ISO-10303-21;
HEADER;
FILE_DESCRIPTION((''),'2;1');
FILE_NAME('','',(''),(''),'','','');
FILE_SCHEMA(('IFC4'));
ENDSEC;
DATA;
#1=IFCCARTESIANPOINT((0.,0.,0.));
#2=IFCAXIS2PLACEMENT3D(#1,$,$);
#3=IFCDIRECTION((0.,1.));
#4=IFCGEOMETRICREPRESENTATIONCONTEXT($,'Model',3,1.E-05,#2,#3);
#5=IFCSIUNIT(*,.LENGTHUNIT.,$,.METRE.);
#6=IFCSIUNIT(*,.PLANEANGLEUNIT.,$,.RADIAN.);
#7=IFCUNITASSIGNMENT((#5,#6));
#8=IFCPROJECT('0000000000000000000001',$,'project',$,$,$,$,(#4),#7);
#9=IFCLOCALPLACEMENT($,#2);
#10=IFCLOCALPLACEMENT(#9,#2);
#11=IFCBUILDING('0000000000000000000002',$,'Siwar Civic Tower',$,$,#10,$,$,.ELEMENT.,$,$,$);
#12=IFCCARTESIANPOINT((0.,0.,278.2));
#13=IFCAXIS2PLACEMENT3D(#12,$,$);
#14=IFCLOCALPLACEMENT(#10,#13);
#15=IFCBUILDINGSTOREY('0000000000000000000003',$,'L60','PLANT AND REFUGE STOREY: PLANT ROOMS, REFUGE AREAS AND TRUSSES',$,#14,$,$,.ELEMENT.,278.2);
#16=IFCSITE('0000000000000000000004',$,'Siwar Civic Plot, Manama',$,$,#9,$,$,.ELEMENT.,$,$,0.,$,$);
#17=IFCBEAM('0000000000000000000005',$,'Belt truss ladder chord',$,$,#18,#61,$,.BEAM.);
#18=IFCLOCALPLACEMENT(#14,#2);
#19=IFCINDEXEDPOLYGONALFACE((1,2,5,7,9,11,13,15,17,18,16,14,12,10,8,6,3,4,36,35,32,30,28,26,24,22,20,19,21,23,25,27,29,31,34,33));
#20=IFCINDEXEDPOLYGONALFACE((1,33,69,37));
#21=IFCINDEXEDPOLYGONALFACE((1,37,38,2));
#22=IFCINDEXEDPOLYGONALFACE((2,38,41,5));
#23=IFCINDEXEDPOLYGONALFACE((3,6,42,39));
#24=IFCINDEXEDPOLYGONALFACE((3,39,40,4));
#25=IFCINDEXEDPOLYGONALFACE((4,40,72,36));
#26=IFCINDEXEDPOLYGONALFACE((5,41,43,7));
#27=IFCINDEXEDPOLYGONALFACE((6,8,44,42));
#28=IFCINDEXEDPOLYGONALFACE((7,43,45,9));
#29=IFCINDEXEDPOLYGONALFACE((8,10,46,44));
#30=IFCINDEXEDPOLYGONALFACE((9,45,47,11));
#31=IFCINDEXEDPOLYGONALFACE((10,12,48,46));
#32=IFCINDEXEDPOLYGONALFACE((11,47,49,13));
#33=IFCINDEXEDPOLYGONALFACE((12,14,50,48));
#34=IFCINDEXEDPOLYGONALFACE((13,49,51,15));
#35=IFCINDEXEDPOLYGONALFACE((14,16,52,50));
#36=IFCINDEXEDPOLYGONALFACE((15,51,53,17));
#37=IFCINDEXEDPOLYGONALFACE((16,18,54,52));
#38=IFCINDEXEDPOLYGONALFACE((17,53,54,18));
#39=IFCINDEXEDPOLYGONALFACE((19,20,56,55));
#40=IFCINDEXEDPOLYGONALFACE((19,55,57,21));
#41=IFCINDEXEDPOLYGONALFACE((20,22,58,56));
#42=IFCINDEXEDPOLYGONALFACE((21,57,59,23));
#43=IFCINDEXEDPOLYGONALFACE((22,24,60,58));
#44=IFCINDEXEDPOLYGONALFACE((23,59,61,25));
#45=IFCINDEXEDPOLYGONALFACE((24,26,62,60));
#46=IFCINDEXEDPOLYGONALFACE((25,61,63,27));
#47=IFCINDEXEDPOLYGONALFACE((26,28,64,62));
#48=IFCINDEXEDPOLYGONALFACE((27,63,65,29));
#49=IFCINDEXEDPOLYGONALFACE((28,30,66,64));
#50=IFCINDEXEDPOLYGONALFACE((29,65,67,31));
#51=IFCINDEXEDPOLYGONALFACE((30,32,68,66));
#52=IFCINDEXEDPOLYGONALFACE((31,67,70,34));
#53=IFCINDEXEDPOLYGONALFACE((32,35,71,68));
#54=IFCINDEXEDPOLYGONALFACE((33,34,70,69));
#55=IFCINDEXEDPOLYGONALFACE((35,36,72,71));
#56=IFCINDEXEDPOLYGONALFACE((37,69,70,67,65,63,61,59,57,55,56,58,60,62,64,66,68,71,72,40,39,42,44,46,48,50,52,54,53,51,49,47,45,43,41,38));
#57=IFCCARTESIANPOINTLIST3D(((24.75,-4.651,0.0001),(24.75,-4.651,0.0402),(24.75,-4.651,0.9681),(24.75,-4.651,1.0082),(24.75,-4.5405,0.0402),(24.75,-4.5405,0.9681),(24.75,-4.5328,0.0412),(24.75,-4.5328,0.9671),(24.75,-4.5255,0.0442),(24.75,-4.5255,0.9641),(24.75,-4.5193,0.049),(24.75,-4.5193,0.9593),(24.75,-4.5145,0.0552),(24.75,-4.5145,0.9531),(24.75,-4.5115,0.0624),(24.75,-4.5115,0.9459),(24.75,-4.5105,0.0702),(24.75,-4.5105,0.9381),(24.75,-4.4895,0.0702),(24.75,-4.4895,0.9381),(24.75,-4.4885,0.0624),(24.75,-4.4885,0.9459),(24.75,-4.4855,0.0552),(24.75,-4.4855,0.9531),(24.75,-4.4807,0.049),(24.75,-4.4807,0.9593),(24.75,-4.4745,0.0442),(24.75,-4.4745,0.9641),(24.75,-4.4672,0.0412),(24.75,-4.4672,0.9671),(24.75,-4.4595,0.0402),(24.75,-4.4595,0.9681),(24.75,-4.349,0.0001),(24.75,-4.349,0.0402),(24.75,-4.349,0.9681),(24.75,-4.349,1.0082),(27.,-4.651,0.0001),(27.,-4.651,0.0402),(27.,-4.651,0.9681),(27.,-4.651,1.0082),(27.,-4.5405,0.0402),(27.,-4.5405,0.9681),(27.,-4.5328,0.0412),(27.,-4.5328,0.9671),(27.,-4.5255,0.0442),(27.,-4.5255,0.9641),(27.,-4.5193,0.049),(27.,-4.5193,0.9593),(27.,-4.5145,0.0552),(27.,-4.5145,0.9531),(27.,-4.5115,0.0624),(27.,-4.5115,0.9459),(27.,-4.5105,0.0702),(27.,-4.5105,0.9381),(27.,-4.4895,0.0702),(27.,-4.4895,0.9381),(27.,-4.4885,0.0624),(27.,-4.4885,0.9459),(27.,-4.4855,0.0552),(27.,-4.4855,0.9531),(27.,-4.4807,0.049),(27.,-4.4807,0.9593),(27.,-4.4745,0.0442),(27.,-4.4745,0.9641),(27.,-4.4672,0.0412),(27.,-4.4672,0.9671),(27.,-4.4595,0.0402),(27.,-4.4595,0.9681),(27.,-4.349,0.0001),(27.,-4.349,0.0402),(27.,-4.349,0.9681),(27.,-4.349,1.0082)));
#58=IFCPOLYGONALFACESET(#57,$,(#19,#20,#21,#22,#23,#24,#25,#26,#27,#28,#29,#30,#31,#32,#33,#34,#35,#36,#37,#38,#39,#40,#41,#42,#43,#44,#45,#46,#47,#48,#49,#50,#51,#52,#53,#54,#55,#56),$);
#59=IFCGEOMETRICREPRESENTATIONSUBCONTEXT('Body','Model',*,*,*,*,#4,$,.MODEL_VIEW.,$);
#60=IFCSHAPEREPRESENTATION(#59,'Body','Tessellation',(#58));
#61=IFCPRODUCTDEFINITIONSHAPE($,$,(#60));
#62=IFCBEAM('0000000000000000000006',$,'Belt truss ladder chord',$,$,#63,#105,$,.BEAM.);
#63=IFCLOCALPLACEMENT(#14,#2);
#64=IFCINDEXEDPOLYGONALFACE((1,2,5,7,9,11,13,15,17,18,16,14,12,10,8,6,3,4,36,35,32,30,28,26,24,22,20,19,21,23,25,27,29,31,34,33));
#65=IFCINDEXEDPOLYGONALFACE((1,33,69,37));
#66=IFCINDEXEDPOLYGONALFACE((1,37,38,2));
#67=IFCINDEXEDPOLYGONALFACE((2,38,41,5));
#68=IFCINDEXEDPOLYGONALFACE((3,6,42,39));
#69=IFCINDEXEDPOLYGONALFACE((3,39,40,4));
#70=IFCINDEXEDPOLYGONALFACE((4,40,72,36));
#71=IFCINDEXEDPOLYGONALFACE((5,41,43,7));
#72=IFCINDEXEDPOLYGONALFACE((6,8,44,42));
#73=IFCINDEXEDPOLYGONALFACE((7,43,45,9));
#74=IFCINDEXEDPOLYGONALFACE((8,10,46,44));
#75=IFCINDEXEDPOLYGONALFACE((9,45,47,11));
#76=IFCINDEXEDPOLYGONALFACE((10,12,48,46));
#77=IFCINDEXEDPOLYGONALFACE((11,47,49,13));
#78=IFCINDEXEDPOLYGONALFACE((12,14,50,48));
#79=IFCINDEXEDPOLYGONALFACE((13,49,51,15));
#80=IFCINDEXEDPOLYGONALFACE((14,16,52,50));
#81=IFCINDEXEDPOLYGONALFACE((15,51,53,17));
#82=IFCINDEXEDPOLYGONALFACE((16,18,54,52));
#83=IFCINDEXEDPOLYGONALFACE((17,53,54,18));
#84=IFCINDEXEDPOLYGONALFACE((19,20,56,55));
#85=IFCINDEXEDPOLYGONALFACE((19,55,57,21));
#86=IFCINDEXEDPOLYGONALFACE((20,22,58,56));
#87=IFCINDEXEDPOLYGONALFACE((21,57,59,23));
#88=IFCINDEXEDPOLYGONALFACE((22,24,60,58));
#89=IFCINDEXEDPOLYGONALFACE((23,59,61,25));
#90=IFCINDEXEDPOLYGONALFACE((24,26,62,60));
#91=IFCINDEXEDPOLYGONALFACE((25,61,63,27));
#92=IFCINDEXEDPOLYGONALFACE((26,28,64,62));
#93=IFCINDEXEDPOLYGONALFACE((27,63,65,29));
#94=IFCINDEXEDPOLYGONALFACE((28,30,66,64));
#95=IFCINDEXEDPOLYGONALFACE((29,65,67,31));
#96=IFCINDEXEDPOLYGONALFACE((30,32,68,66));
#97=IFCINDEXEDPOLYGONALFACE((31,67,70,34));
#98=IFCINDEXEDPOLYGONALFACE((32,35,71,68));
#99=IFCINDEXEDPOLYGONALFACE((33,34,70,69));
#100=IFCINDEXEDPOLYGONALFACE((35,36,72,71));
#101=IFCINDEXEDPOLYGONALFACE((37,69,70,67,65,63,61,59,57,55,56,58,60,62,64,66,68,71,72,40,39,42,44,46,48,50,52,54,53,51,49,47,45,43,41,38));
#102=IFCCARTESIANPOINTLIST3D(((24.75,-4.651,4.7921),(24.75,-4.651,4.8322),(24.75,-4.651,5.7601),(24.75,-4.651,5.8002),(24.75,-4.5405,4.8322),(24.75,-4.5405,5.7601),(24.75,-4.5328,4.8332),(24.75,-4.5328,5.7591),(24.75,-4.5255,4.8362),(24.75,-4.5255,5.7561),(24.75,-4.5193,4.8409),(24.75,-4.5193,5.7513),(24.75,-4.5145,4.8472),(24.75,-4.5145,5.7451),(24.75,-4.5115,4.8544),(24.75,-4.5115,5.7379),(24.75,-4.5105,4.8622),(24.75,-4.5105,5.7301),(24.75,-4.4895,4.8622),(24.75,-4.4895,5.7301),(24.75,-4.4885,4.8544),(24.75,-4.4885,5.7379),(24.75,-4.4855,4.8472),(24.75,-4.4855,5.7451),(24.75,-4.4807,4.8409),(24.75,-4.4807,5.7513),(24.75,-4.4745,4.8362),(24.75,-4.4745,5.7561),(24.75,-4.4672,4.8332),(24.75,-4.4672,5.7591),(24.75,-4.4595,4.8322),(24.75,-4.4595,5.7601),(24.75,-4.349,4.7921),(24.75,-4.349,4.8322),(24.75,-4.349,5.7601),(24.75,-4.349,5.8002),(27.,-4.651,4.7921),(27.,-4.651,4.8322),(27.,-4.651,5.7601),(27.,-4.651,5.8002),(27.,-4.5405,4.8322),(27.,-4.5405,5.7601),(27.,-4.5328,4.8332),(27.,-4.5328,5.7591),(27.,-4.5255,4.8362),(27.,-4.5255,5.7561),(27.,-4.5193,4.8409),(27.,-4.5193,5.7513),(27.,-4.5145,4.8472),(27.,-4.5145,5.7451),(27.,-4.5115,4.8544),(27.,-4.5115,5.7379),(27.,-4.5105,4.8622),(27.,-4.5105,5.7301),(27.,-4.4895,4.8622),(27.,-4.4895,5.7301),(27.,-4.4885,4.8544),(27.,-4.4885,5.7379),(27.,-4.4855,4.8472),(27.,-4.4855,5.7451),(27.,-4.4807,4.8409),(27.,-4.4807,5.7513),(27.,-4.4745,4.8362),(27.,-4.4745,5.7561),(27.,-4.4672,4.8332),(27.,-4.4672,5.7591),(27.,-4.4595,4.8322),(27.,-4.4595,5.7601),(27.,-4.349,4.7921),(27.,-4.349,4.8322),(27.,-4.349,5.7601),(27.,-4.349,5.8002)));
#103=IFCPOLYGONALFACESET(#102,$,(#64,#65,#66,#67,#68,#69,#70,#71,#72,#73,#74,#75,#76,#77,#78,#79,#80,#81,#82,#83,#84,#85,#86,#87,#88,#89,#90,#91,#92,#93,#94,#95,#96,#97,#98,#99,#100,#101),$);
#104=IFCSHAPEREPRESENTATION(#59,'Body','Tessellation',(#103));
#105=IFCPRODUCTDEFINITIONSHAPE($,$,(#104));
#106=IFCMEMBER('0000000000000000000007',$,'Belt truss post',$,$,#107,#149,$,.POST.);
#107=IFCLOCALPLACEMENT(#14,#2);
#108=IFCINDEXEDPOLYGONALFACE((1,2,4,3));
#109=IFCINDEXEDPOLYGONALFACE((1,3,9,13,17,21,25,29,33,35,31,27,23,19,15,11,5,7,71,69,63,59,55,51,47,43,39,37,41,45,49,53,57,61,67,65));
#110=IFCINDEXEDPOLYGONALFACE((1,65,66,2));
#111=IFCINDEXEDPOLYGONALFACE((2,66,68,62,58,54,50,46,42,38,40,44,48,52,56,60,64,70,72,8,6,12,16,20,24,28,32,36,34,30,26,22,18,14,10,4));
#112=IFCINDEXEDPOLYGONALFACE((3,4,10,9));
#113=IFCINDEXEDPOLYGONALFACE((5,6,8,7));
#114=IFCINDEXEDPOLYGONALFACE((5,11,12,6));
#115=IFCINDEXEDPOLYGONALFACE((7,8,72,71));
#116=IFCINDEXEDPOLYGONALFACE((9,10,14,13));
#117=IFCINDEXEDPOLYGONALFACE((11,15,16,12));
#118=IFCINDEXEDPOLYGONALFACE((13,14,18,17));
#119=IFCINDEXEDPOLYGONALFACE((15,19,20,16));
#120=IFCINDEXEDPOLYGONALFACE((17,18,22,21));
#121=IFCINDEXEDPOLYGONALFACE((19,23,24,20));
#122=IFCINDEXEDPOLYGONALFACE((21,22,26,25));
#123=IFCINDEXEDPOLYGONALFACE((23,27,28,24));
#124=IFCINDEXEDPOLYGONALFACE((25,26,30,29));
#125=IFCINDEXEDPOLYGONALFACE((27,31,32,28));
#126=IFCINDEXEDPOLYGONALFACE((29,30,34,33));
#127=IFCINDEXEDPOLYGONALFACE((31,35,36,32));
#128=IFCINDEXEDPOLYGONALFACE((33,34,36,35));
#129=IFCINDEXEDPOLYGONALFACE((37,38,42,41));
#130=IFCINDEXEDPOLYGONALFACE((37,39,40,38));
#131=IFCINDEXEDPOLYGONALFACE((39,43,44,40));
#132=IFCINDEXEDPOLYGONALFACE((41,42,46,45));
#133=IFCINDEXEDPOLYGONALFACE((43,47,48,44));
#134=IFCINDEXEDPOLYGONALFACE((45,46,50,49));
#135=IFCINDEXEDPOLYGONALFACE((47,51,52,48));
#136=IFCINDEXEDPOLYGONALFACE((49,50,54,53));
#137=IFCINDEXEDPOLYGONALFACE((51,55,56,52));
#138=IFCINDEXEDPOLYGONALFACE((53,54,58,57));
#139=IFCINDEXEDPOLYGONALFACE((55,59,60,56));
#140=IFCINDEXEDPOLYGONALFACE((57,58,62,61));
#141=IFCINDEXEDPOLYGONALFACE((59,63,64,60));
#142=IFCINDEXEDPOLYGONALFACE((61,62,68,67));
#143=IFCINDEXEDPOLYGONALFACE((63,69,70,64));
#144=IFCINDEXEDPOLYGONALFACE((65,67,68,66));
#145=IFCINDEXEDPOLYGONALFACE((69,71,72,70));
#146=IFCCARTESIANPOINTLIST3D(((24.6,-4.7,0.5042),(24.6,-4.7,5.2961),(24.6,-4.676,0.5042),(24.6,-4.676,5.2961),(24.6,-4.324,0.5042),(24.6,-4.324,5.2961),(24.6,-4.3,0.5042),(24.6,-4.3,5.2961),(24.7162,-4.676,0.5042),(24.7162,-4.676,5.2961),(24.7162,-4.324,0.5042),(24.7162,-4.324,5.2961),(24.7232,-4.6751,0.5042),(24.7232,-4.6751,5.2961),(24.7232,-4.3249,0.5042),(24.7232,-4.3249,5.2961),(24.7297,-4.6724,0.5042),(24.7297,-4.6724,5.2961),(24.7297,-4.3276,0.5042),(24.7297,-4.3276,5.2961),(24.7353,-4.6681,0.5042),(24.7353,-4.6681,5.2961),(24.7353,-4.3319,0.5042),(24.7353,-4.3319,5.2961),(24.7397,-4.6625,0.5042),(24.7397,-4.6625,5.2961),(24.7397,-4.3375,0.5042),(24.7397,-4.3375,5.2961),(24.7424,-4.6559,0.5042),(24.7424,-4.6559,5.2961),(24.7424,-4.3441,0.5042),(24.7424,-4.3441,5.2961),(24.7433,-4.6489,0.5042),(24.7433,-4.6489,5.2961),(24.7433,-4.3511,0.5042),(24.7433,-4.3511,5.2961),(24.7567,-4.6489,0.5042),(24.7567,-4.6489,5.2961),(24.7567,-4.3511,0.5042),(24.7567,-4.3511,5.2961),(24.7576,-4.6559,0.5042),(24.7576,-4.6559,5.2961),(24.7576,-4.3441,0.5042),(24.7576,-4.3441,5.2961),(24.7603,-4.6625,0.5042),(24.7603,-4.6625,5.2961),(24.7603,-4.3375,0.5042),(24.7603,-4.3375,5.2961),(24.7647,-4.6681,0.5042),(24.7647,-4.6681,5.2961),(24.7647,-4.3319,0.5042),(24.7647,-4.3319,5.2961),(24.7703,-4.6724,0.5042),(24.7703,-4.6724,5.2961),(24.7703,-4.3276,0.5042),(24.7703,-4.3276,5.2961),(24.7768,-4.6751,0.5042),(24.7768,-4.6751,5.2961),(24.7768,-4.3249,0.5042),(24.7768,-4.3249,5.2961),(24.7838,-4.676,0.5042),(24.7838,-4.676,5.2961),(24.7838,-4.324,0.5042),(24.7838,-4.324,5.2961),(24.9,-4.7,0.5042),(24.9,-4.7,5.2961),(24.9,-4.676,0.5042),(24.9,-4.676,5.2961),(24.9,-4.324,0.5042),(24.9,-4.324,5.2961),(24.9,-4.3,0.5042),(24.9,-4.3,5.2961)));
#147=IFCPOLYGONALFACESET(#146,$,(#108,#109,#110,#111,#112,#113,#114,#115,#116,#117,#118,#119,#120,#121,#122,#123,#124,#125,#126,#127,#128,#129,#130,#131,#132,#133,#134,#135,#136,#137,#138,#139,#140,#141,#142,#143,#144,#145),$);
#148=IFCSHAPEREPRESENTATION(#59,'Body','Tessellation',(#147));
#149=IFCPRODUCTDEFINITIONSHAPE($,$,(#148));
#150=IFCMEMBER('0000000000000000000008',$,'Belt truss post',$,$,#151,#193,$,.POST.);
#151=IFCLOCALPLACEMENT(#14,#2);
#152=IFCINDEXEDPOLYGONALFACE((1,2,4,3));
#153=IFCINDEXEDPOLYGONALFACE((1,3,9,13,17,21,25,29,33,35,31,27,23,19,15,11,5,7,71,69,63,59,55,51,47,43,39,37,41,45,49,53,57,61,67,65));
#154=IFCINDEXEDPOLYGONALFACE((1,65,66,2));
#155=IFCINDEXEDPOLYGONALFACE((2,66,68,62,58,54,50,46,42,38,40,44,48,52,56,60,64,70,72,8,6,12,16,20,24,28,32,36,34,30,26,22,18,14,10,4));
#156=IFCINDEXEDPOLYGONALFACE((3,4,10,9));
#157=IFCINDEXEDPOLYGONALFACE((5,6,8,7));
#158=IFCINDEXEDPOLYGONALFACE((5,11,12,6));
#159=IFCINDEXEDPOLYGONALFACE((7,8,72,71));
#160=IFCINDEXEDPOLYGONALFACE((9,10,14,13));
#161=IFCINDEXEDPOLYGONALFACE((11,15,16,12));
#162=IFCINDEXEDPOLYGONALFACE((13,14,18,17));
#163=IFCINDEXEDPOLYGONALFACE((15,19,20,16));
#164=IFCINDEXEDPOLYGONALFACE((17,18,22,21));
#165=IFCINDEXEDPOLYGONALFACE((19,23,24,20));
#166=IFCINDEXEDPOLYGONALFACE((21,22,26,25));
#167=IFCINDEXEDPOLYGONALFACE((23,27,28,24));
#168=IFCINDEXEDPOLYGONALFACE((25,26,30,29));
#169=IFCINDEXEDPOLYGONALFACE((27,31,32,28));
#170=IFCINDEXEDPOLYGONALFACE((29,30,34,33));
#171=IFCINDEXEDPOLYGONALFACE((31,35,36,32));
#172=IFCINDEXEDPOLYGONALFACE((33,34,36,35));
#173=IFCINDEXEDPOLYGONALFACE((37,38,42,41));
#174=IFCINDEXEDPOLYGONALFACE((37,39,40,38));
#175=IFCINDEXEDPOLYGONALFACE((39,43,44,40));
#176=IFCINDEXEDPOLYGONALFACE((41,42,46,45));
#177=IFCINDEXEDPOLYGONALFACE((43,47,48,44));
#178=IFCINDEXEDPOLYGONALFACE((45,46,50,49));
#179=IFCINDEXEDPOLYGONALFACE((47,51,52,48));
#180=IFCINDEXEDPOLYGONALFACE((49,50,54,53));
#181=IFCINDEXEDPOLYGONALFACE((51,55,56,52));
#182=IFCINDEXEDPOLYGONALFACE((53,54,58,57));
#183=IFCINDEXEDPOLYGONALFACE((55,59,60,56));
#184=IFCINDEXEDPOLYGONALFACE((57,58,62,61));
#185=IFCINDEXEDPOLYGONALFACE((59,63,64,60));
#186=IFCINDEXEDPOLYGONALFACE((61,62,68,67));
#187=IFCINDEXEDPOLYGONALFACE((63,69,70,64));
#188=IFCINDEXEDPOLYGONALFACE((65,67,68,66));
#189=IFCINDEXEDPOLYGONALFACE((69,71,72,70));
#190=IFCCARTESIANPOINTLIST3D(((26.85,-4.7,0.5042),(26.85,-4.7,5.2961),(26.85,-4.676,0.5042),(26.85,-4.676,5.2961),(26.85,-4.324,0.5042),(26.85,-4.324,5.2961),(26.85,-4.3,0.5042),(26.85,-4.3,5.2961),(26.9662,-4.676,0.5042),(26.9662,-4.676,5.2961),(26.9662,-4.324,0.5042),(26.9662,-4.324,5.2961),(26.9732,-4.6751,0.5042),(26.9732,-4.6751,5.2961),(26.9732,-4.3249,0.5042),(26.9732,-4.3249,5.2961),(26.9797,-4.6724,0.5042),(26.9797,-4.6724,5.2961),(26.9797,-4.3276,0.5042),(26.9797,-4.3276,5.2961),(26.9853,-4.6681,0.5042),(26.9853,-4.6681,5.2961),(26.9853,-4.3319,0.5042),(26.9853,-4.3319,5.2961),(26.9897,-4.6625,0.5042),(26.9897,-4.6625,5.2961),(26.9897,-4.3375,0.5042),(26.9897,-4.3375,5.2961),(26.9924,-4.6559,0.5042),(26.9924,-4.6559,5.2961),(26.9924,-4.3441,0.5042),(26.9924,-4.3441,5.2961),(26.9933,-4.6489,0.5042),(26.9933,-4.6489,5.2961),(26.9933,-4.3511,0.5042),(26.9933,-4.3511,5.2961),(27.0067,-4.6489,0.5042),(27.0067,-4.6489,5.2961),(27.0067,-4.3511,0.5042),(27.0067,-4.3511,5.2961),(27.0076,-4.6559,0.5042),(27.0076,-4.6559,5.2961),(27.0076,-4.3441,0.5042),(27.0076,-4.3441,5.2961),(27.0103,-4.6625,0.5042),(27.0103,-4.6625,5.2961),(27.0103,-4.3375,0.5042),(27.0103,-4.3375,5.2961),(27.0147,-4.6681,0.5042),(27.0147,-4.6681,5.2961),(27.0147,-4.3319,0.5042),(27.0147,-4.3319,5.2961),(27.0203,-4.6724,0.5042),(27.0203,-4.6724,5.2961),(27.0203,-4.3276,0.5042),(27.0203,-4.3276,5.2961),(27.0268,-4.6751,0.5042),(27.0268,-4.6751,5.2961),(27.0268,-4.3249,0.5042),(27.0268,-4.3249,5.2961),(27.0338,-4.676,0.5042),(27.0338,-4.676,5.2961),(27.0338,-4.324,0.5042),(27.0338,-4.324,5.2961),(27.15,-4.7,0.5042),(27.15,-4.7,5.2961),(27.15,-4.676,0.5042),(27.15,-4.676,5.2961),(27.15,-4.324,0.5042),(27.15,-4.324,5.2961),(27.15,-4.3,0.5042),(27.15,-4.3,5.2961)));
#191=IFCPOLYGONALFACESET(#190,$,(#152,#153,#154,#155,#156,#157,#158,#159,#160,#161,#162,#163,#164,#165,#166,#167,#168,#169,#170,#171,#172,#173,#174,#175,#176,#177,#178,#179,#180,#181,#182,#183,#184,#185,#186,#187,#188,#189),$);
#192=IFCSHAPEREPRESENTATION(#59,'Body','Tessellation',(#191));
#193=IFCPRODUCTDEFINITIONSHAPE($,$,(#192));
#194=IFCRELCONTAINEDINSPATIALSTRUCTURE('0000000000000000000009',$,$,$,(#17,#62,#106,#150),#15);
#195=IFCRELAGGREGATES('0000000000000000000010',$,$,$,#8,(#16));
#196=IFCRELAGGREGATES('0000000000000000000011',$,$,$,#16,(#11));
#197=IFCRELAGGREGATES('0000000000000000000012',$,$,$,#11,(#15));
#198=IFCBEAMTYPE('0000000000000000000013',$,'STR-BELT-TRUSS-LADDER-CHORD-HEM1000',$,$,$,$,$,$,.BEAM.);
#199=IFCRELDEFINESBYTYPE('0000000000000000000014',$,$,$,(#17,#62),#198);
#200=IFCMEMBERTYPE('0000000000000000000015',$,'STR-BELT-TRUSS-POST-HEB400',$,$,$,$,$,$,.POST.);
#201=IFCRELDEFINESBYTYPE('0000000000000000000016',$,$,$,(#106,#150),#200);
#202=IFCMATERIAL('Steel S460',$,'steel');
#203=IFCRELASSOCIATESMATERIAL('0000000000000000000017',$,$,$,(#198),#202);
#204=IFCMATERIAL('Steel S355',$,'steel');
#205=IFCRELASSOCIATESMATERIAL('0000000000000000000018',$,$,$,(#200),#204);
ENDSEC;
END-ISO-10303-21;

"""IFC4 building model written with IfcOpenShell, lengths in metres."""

from ifc_helpers import new_model, si_unit, direction, frame, origin, origin_2d, place, context, subcontext, project, spatial, i_section, extrude, material, material_profile, profile_set, type_object, element, save


model = new_model("IFC4")

# Units and contexts
model_context = context("Model", 3, precision=1e-05, world=origin(), true_north=direction((0.0, 1.0)))
body_context = subcontext(model_context, "Body", "Model", "MODEL_VIEW")
ifc_project = project(units=[si_unit("LENGTHUNIT", "METRE"), si_unit("PLANEANGLEUNIT", "RADIAN")], contexts=[model_context])

# Site, building, storey
site_placement = place(None, origin())
site = spatial("IfcSite", under=ifc_project, at=site_placement, Name="Siwar Civic Plot, Manama", CompositionType="ELEMENT", RefElevation=0.0)
building_placement = place(site_placement, origin())
building = spatial("IfcBuilding", under=site, at=building_placement, Name="Siwar Civic Tower", CompositionType="ELEMENT")
storey_placement = place(building_placement, frame((0.0, 0.0, 278.2)))
storey = spatial("IfcBuildingStorey", under=building, at=storey_placement, Name="L60", Description="PLANT AND REFUGE STOREY: PLANT ROOMS, REFUGE AREAS AND TRUSSES", CompositionType="ELEMENT", Elevation=278.2)

# Beams
ifc_material_1 = material(Name="Steel S460", Category="steel")
ifc_material_profile_1 = material_profile(ifc_material_1, i_section(OverallWidth=0.302, OverallDepth=1.0081, WebThickness=0.021, FlangeThickness=0.04, FilletRadius=0.03, at=origin_2d()), Name="HEM1000")
ifc_profile_set_1 = profile_set([ifc_material_profile_1], Name="Steel S460")
beam_type_1 = type_object("IfcBeamType", Name="STR-BELT-TRUSS-LADDER-CHORD-HEM1000", PredefinedType="BEAM", material=ifc_profile_set_1)
for number, where, z_axis, x_axis, name in (
    (1, (24.75, -4.5, 0.5042), (1.0, 0.0, 0.0), (0.0, 1.0, 0.0), "Belt truss ladder chord"),
    (2, (24.75, -4.5, 5.2961), (1.0, 0.0, 0.0), (0.0, 1.0, 0.0), "Belt truss ladder chord"),
):
    element("IfcBeam", number, at=place(storey_placement, frame(where, z_axis=z_axis, x_axis=x_axis)), inside=storey, type_object=beam_type_1, Name=name, PredefinedType="BEAM", context=body_context, shape_type="SweptSolid", body=[
        extrude(i_section(OverallWidth=0.302, OverallDepth=1.0081, WebThickness=0.021, FlangeThickness=0.04, FilletRadius=0.03, at=origin_2d()), origin(), (0.0, 0.0, 1.0), 2.25),
    ])

# Members
ifc_material_2 = material(Name="Steel S355", Category="steel")
ifc_material_profile_2 = material_profile(ifc_material_2, i_section(OverallWidth=0.3, OverallDepth=0.3999, WebThickness=0.0134, FlangeThickness=0.0239, FilletRadius=0.0271, at=origin_2d()), Name="HEB400")
ifc_profile_set_2 = profile_set([ifc_material_profile_2], Name="Steel S355")
member_type_1 = type_object("IfcMemberType", Name="STR-BELT-TRUSS-POST-HEB400", PredefinedType="POST", material=ifc_profile_set_2)
for number, where, z_axis, x_axis, name in (
    (3, (24.75, -4.5, 0.5042), (0.0, 0.0, 1.0), (1.0, 0.0, 0.0), "Belt truss post"),
    (4, (27.0, -4.5, 0.5042), (0.0, 0.0, 1.0), (1.0, 0.0, 0.0), "Belt truss post"),
):
    element("IfcMember", number, at=place(storey_placement, frame(where, z_axis=z_axis, x_axis=x_axis)), inside=storey, type_object=member_type_1, Name=name, PredefinedType="POST", context=body_context, shape_type="SweptSolid", body=[
        extrude(i_section(OverallWidth=0.3, OverallDepth=0.3999, WebThickness=0.0134, FlangeThickness=0.0239, FilletRadius=0.0271, at=origin_2d()), origin(), (0.0, 0.0, 1.0), 4.792),
    ])

save(model, "model.ifc")
